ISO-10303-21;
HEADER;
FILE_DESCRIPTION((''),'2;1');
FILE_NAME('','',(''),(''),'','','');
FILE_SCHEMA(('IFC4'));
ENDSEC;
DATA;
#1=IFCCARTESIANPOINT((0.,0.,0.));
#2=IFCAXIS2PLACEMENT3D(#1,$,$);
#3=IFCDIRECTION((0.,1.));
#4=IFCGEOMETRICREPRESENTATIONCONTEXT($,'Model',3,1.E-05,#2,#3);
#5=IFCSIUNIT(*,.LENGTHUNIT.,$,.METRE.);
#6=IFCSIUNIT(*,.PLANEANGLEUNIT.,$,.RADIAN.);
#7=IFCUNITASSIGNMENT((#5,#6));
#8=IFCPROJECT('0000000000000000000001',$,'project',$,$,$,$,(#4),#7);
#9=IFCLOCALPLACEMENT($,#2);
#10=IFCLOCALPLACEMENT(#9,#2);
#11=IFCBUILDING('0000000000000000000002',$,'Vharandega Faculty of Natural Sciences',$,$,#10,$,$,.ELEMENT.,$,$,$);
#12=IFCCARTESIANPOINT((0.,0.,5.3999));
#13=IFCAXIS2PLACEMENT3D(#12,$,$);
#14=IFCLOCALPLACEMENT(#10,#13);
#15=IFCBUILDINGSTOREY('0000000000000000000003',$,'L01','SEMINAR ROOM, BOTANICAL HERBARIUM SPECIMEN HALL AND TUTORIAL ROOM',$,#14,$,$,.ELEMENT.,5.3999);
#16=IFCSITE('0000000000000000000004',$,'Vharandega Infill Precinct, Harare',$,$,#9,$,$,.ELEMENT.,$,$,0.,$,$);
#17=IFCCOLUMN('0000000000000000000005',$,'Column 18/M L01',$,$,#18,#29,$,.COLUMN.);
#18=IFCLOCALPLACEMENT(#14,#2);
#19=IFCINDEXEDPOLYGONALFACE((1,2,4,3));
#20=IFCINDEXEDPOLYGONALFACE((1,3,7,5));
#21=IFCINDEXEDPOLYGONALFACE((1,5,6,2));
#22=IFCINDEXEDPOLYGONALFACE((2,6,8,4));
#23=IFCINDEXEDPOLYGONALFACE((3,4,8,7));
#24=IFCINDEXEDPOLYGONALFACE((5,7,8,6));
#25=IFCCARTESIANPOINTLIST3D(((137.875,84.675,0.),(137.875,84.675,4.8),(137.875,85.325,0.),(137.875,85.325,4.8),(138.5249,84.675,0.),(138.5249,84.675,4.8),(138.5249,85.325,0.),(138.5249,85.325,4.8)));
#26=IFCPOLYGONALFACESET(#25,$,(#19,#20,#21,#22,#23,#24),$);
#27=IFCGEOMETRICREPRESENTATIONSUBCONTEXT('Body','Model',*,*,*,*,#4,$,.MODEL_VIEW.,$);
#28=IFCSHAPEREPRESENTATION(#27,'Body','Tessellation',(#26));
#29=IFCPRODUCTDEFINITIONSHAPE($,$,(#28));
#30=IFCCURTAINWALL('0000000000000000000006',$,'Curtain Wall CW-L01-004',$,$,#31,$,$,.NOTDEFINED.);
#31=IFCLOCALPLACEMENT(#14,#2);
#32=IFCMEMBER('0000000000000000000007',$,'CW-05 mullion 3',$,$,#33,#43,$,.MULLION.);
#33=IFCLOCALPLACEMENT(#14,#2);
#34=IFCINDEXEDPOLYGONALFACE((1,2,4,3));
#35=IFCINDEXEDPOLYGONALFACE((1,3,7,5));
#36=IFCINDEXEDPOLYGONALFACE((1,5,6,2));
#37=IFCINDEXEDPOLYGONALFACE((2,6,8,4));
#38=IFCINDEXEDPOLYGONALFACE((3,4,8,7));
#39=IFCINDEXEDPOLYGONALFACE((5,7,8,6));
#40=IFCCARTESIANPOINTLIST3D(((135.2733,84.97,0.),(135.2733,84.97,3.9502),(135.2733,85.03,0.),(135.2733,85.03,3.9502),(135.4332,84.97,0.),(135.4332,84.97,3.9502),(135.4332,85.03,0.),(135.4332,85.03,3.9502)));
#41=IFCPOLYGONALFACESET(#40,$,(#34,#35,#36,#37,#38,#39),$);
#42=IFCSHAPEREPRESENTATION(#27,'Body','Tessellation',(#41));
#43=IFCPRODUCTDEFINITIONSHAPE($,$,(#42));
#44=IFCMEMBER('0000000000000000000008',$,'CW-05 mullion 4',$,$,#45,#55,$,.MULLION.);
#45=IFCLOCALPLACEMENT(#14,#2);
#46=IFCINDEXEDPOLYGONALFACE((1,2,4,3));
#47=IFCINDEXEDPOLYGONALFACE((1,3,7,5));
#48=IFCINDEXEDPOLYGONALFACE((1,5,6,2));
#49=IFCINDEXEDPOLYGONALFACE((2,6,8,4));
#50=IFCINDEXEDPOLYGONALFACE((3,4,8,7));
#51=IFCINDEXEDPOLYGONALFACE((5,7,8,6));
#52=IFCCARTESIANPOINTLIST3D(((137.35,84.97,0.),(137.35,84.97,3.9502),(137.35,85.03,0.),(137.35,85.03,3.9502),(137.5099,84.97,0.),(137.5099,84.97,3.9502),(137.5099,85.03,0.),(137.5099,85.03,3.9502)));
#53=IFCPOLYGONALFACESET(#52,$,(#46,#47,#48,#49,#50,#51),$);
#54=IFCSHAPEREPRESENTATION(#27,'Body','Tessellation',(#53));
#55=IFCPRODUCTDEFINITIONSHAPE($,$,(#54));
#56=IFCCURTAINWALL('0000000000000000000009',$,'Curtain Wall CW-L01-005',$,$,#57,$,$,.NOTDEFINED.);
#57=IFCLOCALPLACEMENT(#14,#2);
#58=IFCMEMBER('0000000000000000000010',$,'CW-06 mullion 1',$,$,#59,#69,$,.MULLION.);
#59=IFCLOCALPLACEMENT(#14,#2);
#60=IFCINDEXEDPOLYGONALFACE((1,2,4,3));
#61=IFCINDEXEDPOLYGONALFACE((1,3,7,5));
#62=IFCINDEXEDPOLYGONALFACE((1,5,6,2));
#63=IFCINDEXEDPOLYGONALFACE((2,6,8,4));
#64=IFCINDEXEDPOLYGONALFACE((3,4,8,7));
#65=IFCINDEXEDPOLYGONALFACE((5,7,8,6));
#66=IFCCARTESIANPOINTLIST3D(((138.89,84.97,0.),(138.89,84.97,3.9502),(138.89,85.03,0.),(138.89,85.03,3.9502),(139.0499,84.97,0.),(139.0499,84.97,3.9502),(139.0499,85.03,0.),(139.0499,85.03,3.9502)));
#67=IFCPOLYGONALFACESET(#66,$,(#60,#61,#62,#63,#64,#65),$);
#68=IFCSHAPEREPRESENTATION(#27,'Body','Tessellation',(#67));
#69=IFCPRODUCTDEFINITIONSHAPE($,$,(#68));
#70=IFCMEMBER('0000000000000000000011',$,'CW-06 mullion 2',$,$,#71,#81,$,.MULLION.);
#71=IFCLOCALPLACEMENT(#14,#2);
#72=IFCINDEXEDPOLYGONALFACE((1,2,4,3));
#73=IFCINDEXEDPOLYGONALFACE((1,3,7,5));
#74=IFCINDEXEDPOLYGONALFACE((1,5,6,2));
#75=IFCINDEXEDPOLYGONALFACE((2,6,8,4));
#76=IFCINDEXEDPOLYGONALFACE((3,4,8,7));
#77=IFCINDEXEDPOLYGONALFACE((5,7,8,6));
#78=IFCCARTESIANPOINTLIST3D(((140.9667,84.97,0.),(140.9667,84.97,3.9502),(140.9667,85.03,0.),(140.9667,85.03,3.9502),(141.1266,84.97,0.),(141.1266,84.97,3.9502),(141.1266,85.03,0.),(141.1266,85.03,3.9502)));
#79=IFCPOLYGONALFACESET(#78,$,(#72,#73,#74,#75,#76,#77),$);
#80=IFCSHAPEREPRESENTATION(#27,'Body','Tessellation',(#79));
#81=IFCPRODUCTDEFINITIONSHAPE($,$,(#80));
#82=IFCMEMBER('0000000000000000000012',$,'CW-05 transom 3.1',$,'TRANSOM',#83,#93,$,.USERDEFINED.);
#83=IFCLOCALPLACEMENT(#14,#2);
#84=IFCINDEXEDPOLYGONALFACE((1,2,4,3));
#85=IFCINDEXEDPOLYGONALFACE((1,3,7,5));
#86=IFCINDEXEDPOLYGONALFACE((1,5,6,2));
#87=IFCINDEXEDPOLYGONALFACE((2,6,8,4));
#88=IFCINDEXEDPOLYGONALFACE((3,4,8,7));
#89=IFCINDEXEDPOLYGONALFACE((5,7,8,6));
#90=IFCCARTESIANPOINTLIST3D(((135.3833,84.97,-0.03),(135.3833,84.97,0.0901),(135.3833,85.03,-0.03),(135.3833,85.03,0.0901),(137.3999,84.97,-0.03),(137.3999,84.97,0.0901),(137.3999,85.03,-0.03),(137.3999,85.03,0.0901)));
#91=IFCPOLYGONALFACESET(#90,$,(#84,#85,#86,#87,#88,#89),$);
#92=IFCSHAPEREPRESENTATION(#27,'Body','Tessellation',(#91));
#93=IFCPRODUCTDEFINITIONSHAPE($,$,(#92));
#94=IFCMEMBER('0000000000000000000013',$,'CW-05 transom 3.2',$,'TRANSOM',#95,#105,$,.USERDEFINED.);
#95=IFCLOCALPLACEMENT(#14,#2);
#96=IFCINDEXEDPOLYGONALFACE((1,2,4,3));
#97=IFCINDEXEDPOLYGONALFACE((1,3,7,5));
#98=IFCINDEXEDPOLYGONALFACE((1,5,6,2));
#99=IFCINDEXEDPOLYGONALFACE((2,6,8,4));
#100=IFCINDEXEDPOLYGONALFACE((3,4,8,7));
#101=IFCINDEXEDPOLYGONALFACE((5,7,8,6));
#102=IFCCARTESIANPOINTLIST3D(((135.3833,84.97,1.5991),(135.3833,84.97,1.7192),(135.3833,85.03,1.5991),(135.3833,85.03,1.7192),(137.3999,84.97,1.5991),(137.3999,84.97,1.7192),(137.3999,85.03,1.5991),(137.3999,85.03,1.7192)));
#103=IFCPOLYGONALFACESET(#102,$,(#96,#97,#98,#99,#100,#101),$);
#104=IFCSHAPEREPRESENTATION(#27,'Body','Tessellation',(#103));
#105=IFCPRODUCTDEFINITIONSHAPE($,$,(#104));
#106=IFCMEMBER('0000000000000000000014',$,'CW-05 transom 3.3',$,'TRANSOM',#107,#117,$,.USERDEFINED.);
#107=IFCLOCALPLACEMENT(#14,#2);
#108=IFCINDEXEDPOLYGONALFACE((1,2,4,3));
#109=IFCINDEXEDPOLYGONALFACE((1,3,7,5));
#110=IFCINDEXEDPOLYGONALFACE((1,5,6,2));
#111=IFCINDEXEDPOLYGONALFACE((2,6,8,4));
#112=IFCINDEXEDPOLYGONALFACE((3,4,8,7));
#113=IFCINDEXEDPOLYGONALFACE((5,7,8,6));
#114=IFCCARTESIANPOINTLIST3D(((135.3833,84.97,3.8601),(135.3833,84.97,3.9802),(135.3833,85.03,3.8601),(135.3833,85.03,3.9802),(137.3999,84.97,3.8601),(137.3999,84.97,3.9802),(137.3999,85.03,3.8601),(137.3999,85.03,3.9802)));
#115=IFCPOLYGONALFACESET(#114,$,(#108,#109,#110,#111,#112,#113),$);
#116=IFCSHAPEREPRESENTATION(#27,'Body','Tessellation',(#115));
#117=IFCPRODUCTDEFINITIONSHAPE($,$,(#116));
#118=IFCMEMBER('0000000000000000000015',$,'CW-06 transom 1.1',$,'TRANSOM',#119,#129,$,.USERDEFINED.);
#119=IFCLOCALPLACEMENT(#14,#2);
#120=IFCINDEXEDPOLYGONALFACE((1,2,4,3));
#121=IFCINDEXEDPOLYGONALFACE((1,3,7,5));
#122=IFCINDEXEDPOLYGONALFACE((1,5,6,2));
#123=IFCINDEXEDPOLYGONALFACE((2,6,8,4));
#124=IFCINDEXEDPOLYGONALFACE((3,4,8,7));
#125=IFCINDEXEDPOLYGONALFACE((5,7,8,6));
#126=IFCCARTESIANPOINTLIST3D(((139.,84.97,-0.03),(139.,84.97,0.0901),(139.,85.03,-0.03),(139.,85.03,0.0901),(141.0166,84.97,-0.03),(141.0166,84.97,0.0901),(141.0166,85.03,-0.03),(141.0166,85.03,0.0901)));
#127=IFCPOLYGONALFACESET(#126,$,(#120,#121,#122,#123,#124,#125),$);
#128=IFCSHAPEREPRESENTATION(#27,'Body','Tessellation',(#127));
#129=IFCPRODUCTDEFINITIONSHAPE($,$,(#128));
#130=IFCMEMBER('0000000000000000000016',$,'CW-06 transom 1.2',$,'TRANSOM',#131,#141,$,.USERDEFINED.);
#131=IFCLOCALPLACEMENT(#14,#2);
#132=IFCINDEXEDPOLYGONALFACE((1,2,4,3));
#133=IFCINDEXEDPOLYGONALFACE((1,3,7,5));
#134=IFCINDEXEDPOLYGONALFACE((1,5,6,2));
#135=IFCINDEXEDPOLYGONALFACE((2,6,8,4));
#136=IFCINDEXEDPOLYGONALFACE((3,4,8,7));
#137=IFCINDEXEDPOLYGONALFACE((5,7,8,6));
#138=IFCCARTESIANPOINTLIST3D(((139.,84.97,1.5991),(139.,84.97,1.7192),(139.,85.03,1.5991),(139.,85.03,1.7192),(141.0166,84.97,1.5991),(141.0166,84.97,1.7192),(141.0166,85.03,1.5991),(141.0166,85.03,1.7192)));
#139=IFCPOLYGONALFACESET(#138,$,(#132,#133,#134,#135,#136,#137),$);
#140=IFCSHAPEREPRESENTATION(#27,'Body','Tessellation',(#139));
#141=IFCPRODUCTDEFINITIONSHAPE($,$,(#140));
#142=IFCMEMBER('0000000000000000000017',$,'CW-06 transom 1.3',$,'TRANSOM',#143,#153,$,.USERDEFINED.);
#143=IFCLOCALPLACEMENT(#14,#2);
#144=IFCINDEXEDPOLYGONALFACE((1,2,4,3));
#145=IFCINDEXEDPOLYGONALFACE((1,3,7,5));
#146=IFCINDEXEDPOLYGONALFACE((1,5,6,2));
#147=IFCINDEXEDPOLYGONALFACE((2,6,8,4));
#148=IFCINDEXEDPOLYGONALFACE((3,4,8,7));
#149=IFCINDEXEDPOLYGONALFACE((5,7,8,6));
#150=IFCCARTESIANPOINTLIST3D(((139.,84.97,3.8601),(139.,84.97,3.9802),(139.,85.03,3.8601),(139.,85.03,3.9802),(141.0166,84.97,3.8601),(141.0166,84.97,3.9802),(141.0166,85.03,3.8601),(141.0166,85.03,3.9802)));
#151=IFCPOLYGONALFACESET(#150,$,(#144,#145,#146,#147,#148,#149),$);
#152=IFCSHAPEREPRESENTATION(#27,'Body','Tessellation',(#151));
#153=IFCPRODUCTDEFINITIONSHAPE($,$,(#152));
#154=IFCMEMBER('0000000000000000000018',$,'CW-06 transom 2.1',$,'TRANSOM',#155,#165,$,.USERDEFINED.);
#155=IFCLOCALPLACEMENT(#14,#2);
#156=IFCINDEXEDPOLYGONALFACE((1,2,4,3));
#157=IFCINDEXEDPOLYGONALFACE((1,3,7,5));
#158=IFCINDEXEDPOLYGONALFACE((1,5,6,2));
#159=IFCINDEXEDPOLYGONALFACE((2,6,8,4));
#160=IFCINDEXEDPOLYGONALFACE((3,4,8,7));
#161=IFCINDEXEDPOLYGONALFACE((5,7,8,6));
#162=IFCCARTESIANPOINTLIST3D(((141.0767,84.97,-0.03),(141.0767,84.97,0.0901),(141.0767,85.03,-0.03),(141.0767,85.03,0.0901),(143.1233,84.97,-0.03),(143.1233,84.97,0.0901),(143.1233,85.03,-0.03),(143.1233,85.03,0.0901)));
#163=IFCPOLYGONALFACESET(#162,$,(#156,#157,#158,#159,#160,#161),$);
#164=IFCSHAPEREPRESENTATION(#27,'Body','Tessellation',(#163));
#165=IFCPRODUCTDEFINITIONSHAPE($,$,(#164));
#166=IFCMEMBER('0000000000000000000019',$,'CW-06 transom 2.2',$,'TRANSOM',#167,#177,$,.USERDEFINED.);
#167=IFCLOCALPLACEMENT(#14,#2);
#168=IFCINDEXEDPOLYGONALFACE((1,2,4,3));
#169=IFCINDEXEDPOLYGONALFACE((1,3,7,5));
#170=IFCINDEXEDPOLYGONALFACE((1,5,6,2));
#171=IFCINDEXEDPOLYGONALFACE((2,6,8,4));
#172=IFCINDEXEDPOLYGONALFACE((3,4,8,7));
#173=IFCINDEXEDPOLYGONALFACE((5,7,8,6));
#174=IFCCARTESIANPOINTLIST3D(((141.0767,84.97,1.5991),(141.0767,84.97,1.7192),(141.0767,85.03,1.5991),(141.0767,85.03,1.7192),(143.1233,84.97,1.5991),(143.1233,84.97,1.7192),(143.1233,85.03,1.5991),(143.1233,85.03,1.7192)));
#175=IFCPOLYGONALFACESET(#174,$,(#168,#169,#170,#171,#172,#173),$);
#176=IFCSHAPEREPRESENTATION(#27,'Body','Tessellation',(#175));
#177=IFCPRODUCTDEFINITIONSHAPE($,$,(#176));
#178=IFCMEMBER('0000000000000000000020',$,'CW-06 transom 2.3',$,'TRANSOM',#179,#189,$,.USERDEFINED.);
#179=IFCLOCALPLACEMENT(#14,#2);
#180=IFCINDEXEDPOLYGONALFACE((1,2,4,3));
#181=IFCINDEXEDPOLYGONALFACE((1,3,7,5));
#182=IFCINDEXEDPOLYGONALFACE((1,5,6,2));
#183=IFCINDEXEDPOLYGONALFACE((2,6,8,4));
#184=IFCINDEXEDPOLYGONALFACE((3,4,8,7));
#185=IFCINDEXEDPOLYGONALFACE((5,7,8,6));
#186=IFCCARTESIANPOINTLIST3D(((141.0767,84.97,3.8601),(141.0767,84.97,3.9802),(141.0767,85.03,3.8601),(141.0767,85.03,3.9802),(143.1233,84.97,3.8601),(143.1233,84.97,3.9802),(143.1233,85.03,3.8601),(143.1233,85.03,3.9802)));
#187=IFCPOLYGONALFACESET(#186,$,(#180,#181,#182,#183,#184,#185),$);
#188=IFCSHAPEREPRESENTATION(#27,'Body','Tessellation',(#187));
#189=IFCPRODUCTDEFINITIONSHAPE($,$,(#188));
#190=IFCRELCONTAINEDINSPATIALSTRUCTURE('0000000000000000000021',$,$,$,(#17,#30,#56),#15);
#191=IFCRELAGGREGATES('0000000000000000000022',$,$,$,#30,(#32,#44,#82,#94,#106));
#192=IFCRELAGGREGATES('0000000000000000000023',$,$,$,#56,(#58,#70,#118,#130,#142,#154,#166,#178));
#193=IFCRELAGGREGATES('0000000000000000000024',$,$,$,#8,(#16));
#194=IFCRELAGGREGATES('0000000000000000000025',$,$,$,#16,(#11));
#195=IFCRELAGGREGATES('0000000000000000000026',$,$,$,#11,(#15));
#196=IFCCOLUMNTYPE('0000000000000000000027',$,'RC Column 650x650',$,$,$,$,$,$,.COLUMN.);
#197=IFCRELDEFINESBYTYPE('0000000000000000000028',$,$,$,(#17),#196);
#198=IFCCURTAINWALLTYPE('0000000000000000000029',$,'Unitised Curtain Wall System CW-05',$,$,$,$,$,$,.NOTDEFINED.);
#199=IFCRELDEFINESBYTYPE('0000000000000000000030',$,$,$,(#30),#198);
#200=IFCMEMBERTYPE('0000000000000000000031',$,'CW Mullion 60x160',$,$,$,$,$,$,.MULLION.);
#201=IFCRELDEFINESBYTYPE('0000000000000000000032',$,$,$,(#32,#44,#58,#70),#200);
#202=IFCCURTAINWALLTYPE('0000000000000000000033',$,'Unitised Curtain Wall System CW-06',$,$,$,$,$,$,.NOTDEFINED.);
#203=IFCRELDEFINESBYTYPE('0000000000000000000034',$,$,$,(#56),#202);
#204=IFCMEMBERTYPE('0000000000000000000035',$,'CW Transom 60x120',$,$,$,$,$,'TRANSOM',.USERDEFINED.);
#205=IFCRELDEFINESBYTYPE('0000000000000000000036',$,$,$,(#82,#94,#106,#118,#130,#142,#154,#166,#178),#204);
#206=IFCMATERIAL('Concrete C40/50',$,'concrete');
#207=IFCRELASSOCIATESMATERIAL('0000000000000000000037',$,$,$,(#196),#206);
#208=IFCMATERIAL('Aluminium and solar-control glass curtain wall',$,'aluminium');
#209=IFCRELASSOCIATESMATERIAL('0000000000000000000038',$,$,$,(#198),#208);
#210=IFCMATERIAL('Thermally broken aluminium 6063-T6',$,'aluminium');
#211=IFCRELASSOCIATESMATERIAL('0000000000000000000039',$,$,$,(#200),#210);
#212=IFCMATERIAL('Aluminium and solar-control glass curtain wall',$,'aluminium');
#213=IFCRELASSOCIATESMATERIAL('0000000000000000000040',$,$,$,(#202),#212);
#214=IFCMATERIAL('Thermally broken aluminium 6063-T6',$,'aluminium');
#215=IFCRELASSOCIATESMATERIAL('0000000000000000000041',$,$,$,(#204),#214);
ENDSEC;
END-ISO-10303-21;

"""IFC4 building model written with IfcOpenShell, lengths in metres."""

from ifc_helpers import new_model, si_unit, direction, frame, origin, origin_2d, place, context, subcontext, project, spatial, rectangle, extrude, material, material_profile, profile_set, type_object, element, aggregate, save


model = new_model("IFC4")

# Units and contexts
model_context = context("Model", 3, precision=1e-05, world=origin(), true_north=direction((0.0, 1.0)))
body_context = subcontext(model_context, "Body", "Model", "MODEL_VIEW")
ifc_project = project(units=[si_unit("LENGTHUNIT", "METRE"), si_unit("PLANEANGLEUNIT", "RADIAN")], contexts=[model_context])

# Site, building, storey
site_placement = place(None, origin())
site = spatial("IfcSite", under=ifc_project, at=site_placement, Name="Vharandega Infill Precinct, Harare", CompositionType="ELEMENT", RefElevation=0.0)
building_placement = place(site_placement, origin())
building = spatial("IfcBuilding", under=site, at=building_placement, Name="Vharandega Faculty of Natural Sciences", CompositionType="ELEMENT")
storey_placement = place(building_placement, frame((0.0, 0.0, 5.3999)))
storey = spatial("IfcBuildingStorey", under=building, at=storey_placement, Name="L01", Description="SEMINAR ROOM, BOTANICAL HERBARIUM SPECIMEN HALL AND TUTORIAL ROOM", CompositionType="ELEMENT", Elevation=5.3999)

# Column
ifc_material_1 = material(Name="Concrete C40/50", Category="concrete")
ifc_material_profile_1 = material_profile(ifc_material_1, rectangle(XDim=0.6499, YDim=0.6499, at=origin_2d()), Name="RC 650x650")
ifc_profile_set_1 = profile_set([ifc_material_profile_1], Name="Concrete C40/50")
column_type = type_object("IfcColumnType", Name="RC Column 650x650", PredefinedType="COLUMN", material=ifc_profile_set_1)
column_placement = place(storey_placement, frame((138.2, 85.0, 0.0), z_axis=(0.0, 0.0, 1.0), x_axis=(1.0, 0.0, 0.0)))
element("IfcColumn", 1, at=column_placement, inside=storey, type_object=column_type, Name="Column 18/M L01", PredefinedType="COLUMN", context=body_context, shape_type="SweptSolid", body=[
    extrude(rectangle(XDim=0.6499, YDim=0.6499, at=origin_2d()), origin(), (0.0, 0.0, 1.0), 4.8),
])

# Curtain walls, members
ifc_material_2 = material(Name="Aluminium and solar-control glass curtain wall", Category="aluminium")
curtain_wall_type_1 = type_object("IfcCurtainWallType", Name="Unitised Curtain Wall System CW-05", PredefinedType="NOTDEFINED", material=ifc_material_2)
curtain_wall_1_placement = place(storey_placement, origin())
curtain_wall_1 = element("IfcCurtainWall", 2, at=curtain_wall_1_placement, inside=storey, type_object=curtain_wall_type_1, Name="Curtain Wall CW-L01-004", PredefinedType="NOTDEFINED")
ifc_material_3 = material(Name="Thermally broken aluminium 6063-T6", Category="aluminium")
ifc_material_profile_2 = material_profile(ifc_material_3, rectangle(XDim=0.0601, YDim=0.1599, at=origin_2d()), Name="ALU 60x160")
ifc_profile_set_2 = profile_set([ifc_material_profile_2], Name="Thermally broken aluminium 6063-T6")
member_type_1 = type_object("IfcMemberType", Name="CW Mullion 60x160", PredefinedType="MULLION", material=ifc_profile_set_2)
member_1_placement = place(storey_placement, frame((135.3533, 85.0, 0.0), z_axis=(0.0, 0.0, 1.0), x_axis=(0.0, 1.0, 0.0)))
member_1 = element("IfcMember", 3, at=member_1_placement, type_object=member_type_1, Name="CW-05 mullion 3", PredefinedType="MULLION", context=body_context, shape_type="SweptSolid", body=[
    extrude(rectangle(XDim=0.0601, YDim=0.1599, at=origin_2d()), origin(), (0.0, 0.0, 1.0), 3.9502),
])
member_2_placement = place(storey_placement, frame((137.4299, 85.0, 0.0), z_axis=(0.0, 0.0, 1.0), x_axis=(0.0, 1.0, 0.0)))
member_2 = element("IfcMember", 4, at=member_2_placement, type_object=member_type_1, Name="CW-05 mullion 4", PredefinedType="MULLION", context=body_context, shape_type="SweptSolid", body=[
    extrude(rectangle(XDim=0.0601, YDim=0.1599, at=origin_2d()), origin(), (0.0, 0.0, 1.0), 3.9502),
])
ifc_material_4 = material(Name="Aluminium and solar-control glass curtain wall", Category="aluminium")
curtain_wall_type_2 = type_object("IfcCurtainWallType", Name="Unitised Curtain Wall System CW-06", PredefinedType="NOTDEFINED", material=ifc_material_4)
curtain_wall_2_placement = place(storey_placement, origin())
curtain_wall_2 = element("IfcCurtainWall", 5, at=curtain_wall_2_placement, inside=storey, type_object=curtain_wall_type_2, Name="Curtain Wall CW-L01-005", PredefinedType="NOTDEFINED")
member_3_placement = place(storey_placement, frame((138.97, 85.0, 0.0), z_axis=(0.0, 0.0, 1.0), x_axis=(0.0, 1.0, 0.0)))
member_3 = element("IfcMember", 6, at=member_3_placement, type_object=member_type_1, Name="CW-06 mullion 1", PredefinedType="MULLION", context=body_context, shape_type="SweptSolid", body=[
    extrude(rectangle(XDim=0.0601, YDim=0.1599, at=origin_2d()), origin(), (0.0, 0.0, 1.0), 3.9502),
])
member_4_placement = place(storey_placement, frame((141.0466, 85.0, 0.0), z_axis=(0.0, 0.0, 1.0), x_axis=(0.0, 1.0, 0.0)))
member_4 = element("IfcMember", 7, at=member_4_placement, type_object=member_type_1, Name="CW-06 mullion 2", PredefinedType="MULLION", context=body_context, shape_type="SweptSolid", body=[
    extrude(rectangle(XDim=0.0601, YDim=0.1599, at=origin_2d()), origin(), (0.0, 0.0, 1.0), 3.9502),
])

# Members
ifc_material_5 = material(Name="Thermally broken aluminium 6063-T6", Category="aluminium")
ifc_material_profile_3 = material_profile(ifc_material_5, rectangle(XDim=0.0601, YDim=0.1201, at=origin_2d()), Name="ALU 60x120")
ifc_profile_set_3 = profile_set([ifc_material_profile_3], Name="Thermally broken aluminium 6063-T6")
member_type_2 = type_object("IfcMemberType", Name="CW Transom 60x120", ElementType="TRANSOM", PredefinedType="USERDEFINED", material=ifc_profile_set_3)
member_5_placement = place(storey_placement, frame((135.3833, 85.0, 0.03), z_axis=(1.0, 0.0, 0.0), x_axis=(0.0, 1.0, 0.0)))
member_5 = element("IfcMember", 8, at=member_5_placement, type_object=member_type_2, Name="CW-05 transom 3.1", ObjectType="TRANSOM", PredefinedType="USERDEFINED", context=body_context, shape_type="SweptSolid", body=[
    extrude(rectangle(XDim=0.0601, YDim=0.1201, at=origin_2d()), origin(), (0.0, 0.0, 1.0), 2.0166),
])
member_6_placement = place(storey_placement, frame((135.3833, 85.0, 1.6592), z_axis=(1.0, 0.0, 0.0), x_axis=(0.0, 1.0, 0.0)))
member_6 = element("IfcMember", 9, at=member_6_placement, type_object=member_type_2, Name="CW-05 transom 3.2", ObjectType="TRANSOM", PredefinedType="USERDEFINED", context=body_context, shape_type="SweptSolid", body=[
    extrude(rectangle(XDim=0.0601, YDim=0.1201, at=origin_2d()), origin(), (0.0, 0.0, 1.0), 2.0166),
])
member_7_placement = place(storey_placement, frame((135.3833, 85.0, 3.9202), z_axis=(1.0, 0.0, 0.0), x_axis=(0.0, 1.0, 0.0)))
member_7 = element("IfcMember", 10, at=member_7_placement, type_object=member_type_2, Name="CW-05 transom 3.3", ObjectType="TRANSOM", PredefinedType="USERDEFINED", context=body_context, shape_type="SweptSolid", body=[
    extrude(rectangle(XDim=0.0601, YDim=0.1201, at=origin_2d()), origin(), (0.0, 0.0, 1.0), 2.0166),
])
member_8_placement = place(storey_placement, frame((139.0, 85.0, 0.03), z_axis=(1.0, 0.0, 0.0), x_axis=(0.0, 1.0, 0.0)))
member_8 = element("IfcMember", 11, at=member_8_placement, type_object=member_type_2, Name="CW-06 transom 1.1", ObjectType="TRANSOM", PredefinedType="USERDEFINED", context=body_context, shape_type="SweptSolid", body=[
    extrude(rectangle(XDim=0.0601, YDim=0.1201, at=origin_2d()), origin(), (0.0, 0.0, 1.0), 2.0166),
])
member_9_placement = place(storey_placement, frame((139.0, 85.0, 1.6592), z_axis=(1.0, 0.0, 0.0), x_axis=(0.0, 1.0, 0.0)))
member_9 = element("IfcMember", 12, at=member_9_placement, type_object=member_type_2, Name="CW-06 transom 1.2", ObjectType="TRANSOM", PredefinedType="USERDEFINED", context=body_context, shape_type="SweptSolid", body=[
    extrude(rectangle(XDim=0.0601, YDim=0.1201, at=origin_2d()), origin(), (0.0, 0.0, 1.0), 2.0166),
])
member_10_placement = place(storey_placement, frame((139.0, 85.0, 3.9202), z_axis=(1.0, 0.0, 0.0), x_axis=(0.0, 1.0, 0.0)))
member_10 = element("IfcMember", 13, at=member_10_placement, type_object=member_type_2, Name="CW-06 transom 1.3", ObjectType="TRANSOM", PredefinedType="USERDEFINED", context=body_context, shape_type="SweptSolid", body=[
    extrude(rectangle(XDim=0.0601, YDim=0.1201, at=origin_2d()), origin(), (0.0, 0.0, 1.0), 2.0166),
])
member_11_placement = place(storey_placement, frame((141.0767, 85.0, 0.03), z_axis=(1.0, 0.0, 0.0), x_axis=(0.0, 1.0, 0.0)))
member_11 = element("IfcMember", 14, at=member_11_placement, type_object=member_type_2, Name="CW-06 transom 2.1", ObjectType="TRANSOM", PredefinedType="USERDEFINED", context=body_context, shape_type="SweptSolid", body=[
    extrude(rectangle(XDim=0.0601, YDim=0.1201, at=origin_2d()), origin(), (0.0, 0.0, 1.0), 2.0466),
])
member_12_placement = place(storey_placement, frame((141.0767, 85.0, 1.6592), z_axis=(1.0, 0.0, 0.0), x_axis=(0.0, 1.0, 0.0)))
member_12 = element("IfcMember", 15, at=member_12_placement, type_object=member_type_2, Name="CW-06 transom 2.2", ObjectType="TRANSOM", PredefinedType="USERDEFINED", context=body_context, shape_type="SweptSolid", body=[
    extrude(rectangle(XDim=0.0601, YDim=0.1201, at=origin_2d()), origin(), (0.0, 0.0, 1.0), 2.0466),
])
member_13_placement = place(storey_placement, frame((141.0767, 85.0, 3.9202), z_axis=(1.0, 0.0, 0.0), x_axis=(0.0, 1.0, 0.0)))
member_13 = element("IfcMember", 16, at=member_13_placement, type_object=member_type_2, Name="CW-06 transom 2.3", ObjectType="TRANSOM", PredefinedType="USERDEFINED", context=body_context, shape_type="SweptSolid", body=[
    extrude(rectangle(XDim=0.0601, YDim=0.1201, at=origin_2d()), origin(), (0.0, 0.0, 1.0), 2.0466),
])

aggregate(curtain_wall_1, [member_1, member_2, member_5, member_6, member_7])
aggregate(curtain_wall_2, [member_3, member_4, member_8, member_9, member_10, member_11, member_12, member_13])

save(model, "model.ifc")
